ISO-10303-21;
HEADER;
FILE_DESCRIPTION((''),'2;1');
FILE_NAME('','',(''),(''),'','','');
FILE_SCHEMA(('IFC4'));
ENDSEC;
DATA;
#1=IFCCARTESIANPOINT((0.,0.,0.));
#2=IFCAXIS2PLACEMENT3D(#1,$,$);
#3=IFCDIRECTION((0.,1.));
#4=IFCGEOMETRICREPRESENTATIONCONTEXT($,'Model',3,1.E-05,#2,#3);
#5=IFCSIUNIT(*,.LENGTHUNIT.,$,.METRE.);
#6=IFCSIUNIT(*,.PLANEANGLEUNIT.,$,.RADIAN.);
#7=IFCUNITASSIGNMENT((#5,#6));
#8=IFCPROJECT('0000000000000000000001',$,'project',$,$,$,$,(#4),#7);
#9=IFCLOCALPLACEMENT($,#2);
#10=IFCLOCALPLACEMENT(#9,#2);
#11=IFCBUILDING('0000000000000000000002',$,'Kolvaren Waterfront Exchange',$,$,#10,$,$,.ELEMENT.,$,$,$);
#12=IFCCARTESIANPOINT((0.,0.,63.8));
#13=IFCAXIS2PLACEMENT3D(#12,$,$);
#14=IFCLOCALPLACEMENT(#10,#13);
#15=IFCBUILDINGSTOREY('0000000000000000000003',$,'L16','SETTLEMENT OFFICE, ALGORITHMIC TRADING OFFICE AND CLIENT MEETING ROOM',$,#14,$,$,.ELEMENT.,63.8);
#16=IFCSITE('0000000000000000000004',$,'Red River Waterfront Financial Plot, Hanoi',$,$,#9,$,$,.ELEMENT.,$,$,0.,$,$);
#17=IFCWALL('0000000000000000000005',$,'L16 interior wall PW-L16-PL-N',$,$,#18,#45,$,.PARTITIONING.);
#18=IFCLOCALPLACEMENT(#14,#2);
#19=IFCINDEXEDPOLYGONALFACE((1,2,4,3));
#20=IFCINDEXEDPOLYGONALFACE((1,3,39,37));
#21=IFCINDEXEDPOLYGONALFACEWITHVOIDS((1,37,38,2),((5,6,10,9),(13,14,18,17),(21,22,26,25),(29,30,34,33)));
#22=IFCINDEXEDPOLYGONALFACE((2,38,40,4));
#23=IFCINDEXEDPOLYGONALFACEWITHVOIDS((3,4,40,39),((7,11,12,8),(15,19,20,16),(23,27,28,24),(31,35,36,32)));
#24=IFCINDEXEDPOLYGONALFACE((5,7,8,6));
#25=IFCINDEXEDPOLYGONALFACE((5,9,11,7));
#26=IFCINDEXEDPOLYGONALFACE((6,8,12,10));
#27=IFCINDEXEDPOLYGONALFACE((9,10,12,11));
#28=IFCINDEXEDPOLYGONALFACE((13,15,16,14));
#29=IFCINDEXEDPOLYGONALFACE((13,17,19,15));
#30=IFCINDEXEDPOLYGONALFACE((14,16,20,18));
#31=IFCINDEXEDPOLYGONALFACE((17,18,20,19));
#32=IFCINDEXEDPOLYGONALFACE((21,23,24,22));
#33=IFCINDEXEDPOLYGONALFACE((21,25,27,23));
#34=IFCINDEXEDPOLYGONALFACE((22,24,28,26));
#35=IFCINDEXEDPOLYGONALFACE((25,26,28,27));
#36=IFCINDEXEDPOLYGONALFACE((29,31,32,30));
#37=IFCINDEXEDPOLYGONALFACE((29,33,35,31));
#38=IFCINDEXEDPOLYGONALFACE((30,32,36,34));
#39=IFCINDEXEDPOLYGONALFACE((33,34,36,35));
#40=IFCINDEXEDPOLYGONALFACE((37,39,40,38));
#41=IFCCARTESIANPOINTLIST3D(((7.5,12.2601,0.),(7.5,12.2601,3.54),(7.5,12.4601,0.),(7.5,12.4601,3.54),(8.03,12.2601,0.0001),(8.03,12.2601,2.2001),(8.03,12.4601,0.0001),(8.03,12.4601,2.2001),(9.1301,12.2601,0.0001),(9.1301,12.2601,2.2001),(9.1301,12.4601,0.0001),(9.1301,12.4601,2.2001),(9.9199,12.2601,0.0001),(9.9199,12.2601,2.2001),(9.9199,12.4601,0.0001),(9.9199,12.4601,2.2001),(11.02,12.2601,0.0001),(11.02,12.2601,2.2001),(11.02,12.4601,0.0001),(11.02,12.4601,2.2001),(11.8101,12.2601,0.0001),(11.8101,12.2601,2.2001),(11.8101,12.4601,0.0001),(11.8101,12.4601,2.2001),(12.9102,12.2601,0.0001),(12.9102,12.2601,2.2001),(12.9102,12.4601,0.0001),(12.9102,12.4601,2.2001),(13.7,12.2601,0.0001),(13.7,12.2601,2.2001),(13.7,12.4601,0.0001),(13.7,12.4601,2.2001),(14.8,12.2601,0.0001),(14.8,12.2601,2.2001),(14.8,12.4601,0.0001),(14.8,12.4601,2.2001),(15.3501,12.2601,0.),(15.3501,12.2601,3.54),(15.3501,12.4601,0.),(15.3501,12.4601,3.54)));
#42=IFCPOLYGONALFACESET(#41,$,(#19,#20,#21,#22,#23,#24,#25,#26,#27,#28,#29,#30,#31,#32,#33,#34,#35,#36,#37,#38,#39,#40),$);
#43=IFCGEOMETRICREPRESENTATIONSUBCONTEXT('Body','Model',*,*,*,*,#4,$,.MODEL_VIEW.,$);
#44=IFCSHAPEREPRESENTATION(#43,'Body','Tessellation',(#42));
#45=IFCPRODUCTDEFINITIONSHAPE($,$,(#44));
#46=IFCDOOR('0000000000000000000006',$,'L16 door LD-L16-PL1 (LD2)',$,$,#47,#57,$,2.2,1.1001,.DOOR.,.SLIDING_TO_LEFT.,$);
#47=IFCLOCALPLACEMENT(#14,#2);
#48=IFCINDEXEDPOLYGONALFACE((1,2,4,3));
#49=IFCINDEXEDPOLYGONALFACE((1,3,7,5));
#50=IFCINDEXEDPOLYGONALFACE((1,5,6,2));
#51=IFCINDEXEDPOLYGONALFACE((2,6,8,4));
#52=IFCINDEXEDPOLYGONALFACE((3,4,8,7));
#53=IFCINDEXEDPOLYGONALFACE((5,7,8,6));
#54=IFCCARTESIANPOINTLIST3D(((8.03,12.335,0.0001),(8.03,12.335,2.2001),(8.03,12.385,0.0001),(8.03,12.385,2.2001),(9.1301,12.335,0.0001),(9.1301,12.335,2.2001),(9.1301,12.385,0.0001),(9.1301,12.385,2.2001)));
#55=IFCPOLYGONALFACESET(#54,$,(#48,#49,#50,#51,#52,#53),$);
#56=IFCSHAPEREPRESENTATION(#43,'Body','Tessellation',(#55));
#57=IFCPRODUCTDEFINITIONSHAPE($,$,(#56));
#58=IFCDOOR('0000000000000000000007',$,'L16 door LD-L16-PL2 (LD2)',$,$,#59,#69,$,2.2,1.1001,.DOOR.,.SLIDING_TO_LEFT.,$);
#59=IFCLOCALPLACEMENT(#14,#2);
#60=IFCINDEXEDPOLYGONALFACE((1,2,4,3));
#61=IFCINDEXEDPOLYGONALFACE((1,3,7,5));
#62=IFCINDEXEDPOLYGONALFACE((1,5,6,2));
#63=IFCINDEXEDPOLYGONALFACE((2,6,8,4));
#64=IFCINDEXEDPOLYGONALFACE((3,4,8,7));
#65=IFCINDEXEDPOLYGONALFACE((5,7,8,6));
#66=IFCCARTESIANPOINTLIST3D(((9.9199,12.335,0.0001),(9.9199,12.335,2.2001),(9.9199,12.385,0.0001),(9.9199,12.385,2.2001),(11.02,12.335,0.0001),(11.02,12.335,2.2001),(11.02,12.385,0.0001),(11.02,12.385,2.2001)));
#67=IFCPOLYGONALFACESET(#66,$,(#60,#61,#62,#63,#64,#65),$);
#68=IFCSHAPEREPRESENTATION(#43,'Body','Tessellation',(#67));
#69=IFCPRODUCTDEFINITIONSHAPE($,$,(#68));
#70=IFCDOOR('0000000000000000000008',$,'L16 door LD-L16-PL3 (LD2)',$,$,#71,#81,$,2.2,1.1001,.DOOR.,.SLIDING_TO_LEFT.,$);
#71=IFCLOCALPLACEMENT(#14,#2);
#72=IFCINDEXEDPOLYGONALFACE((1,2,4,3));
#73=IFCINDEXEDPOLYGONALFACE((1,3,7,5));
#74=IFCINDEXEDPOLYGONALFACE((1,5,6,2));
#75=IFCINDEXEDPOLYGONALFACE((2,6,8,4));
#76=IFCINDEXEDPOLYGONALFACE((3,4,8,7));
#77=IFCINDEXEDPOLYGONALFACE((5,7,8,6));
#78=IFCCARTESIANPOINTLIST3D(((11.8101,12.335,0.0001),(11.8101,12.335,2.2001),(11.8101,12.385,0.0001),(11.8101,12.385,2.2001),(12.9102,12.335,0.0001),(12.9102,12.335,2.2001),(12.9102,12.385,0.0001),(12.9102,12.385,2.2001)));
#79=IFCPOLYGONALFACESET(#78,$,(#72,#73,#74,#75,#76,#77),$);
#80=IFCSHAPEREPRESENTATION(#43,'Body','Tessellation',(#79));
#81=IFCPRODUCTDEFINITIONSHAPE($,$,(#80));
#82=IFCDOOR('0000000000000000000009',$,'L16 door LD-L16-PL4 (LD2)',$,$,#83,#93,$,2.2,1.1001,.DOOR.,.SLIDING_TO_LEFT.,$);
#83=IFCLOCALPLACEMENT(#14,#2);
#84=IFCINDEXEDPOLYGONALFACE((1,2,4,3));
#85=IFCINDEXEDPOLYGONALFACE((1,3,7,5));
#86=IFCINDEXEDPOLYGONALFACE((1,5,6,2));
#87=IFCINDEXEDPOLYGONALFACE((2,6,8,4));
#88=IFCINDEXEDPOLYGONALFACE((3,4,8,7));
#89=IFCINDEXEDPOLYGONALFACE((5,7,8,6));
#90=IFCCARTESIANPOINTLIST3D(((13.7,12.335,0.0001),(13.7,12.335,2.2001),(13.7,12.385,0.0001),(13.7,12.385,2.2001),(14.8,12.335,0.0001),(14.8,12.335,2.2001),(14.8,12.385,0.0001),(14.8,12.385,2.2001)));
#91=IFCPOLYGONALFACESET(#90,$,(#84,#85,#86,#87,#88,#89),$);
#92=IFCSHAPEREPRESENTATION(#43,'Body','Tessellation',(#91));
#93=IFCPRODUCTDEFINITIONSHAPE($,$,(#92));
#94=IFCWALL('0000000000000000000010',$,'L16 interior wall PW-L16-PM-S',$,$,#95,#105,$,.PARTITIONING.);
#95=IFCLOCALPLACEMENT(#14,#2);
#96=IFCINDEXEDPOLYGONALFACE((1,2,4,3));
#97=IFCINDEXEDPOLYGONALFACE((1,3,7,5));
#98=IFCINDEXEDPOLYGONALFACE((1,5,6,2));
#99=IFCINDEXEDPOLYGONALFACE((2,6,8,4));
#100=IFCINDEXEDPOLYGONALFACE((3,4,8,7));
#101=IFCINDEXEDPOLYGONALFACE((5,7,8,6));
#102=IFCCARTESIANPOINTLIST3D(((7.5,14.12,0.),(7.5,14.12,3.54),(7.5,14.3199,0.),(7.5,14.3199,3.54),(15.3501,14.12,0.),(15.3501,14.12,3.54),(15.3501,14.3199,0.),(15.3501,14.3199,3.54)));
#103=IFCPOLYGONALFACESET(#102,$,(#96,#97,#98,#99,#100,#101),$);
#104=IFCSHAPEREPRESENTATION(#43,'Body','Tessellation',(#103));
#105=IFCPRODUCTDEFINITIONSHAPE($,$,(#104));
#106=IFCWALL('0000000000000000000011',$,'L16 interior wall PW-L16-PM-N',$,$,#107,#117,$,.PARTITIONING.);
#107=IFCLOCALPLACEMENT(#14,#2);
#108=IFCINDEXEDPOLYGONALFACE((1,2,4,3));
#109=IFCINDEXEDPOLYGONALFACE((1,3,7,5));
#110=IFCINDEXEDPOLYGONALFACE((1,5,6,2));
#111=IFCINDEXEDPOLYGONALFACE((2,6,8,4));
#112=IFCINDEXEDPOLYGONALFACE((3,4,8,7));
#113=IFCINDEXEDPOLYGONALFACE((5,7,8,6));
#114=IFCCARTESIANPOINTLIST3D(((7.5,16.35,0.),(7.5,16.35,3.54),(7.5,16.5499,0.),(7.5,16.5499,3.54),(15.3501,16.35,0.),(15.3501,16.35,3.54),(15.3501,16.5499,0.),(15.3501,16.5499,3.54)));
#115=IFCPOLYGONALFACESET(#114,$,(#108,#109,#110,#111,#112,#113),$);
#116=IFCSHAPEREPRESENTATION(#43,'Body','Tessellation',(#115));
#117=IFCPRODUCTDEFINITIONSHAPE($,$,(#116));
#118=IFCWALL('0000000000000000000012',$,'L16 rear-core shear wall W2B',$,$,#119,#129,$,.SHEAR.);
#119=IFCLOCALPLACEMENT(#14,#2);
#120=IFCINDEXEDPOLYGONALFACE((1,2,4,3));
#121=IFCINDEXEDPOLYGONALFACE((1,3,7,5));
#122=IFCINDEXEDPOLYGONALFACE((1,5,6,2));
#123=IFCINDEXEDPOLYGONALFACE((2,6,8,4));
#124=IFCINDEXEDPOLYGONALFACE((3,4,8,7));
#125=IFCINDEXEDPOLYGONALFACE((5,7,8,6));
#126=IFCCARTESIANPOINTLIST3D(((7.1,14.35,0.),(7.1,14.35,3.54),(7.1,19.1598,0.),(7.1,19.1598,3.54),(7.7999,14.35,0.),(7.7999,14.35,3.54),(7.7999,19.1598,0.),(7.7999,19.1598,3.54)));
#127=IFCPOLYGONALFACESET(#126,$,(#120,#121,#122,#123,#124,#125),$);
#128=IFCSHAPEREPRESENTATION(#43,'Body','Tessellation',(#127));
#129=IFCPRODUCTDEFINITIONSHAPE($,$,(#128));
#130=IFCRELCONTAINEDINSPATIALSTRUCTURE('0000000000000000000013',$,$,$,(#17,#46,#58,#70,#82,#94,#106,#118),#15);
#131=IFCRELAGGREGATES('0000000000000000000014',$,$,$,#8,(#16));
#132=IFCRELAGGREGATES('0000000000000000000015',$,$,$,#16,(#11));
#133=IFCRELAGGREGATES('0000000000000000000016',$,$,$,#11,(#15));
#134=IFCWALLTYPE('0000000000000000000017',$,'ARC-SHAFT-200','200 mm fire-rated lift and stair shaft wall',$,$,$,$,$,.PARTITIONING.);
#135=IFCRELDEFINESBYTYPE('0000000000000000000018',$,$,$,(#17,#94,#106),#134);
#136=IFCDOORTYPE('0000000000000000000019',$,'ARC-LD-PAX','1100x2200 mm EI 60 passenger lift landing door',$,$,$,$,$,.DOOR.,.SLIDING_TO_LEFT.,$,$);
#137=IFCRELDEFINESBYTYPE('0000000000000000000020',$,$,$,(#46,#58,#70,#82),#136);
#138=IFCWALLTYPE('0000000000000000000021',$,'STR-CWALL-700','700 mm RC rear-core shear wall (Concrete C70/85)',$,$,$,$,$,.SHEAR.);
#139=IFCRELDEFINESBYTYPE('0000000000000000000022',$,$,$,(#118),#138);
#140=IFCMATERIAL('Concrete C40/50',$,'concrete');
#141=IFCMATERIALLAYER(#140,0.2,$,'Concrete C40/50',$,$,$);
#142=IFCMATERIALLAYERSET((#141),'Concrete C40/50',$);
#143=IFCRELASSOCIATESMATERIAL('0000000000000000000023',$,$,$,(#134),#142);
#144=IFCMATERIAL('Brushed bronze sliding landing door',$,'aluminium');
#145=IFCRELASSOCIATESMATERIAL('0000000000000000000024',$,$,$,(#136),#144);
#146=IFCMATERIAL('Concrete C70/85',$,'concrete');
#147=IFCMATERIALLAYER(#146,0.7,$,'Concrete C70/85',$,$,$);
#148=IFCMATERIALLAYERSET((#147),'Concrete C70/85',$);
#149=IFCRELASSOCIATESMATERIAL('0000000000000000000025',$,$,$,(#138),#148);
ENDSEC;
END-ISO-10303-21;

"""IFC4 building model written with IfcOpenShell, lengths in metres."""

from ifc_helpers import new_model, si_unit, direction, frame, frame_2d, origin, place, context, subcontext, project, spatial, rectangle, extrude, material, layer, layer_set, type_object, element, fill, save


model = new_model("IFC4")

# Units and contexts
model_context = context("Model", 3, precision=1e-05, world=origin(), true_north=direction((0.0, 1.0)))
body_context = subcontext(model_context, "Body", "Model", "MODEL_VIEW")
ifc_project = project(units=[si_unit("LENGTHUNIT", "METRE"), si_unit("PLANEANGLEUNIT", "RADIAN")], contexts=[model_context])

# Site, building, storey
site_placement = place(None, origin())
site = spatial("IfcSite", under=ifc_project, at=site_placement, Name="Red River Waterfront Financial Plot, Hanoi", CompositionType="ELEMENT", RefElevation=0.0)
building_placement = place(site_placement, origin())
building = spatial("IfcBuilding", under=site, at=building_placement, Name="Kolvaren Waterfront Exchange", CompositionType="ELEMENT")
storey_placement = place(building_placement, frame((0.0, 0.0, 63.8)))
storey = spatial("IfcBuildingStorey", under=building, at=storey_placement, Name="L16", Description="SETTLEMENT OFFICE, ALGORITHMIC TRADING OFFICE AND CLIENT MEETING ROOM", CompositionType="ELEMENT", Elevation=63.8)

# Wall, openings, doors
ifc_material_1 = material(Name="Concrete C40/50", Category="concrete")
ifc_layer_1 = layer(ifc_material_1, 0.2, Name="Concrete C40/50")
ifc_layer_set_1 = layer_set([ifc_layer_1], Name="Concrete C40/50")
wall_type_1 = type_object("IfcWallType", Name="ARC-SHAFT-200", Description="200 mm fire-rated lift and stair shaft wall", PredefinedType="PARTITIONING", material=ifc_layer_set_1)
wall_1_placement = place(storey_placement, frame((7.5, 12.3601, 0.0), z_axis=(0.0, 0.0, 1.0), x_axis=(1.0, 0.0, 0.0)))
wall_1 = element("IfcWall", 1, at=wall_1_placement, inside=storey, type_object=wall_type_1, Name="L16 interior wall PW-L16-PL-N", PredefinedType="PARTITIONING", context=body_context, shape_type="SweptSolid", body=[
    extrude(rectangle(XDim=7.8501, YDim=0.2, at=frame_2d((3.925, 0.0))), origin(), (0.0, 0.0, 1.0), 3.54),
])
opening_1_placement = place(wall_1_placement, frame((0.53, 0.0, 0.0)))
opening_1 = element("IfcOpeningElement", 2, at=opening_1_placement, cuts=wall_1, PredefinedType="OPENING", context=body_context, shape_type="SweptSolid", body=[
    extrude(rectangle(XDim=1.1001, YDim=2.2, at=frame_2d((0.55, 1.1001))), frame((0.0, 0.1099, 0.0), z_axis=(0.0, -1.0, 0.0), x_axis=(1.0, 0.0, 0.0)), (0.0, 0.0, 1.0), 0.22),
])
opening_2_placement = place(wall_1_placement, frame((2.4199, 0.0, 0.0)))
opening_2 = element("IfcOpeningElement", 3, at=opening_2_placement, cuts=wall_1, PredefinedType="OPENING", context=body_context, shape_type="SweptSolid", body=[
    extrude(rectangle(XDim=1.1001, YDim=2.2, at=frame_2d((0.55, 1.1001))), frame((0.0, 0.1099, 0.0), z_axis=(0.0, -1.0, 0.0), x_axis=(1.0, 0.0, 0.0)), (0.0, 0.0, 1.0), 0.22),
])
opening_3_placement = place(wall_1_placement, frame((4.3101, 0.0, 0.0)))
opening_3 = element("IfcOpeningElement", 4, at=opening_3_placement, cuts=wall_1, PredefinedType="OPENING", context=body_context, shape_type="SweptSolid", body=[
    extrude(rectangle(XDim=1.1001, YDim=2.2, at=frame_2d((0.55, 1.1001))), frame((0.0, 0.1099, 0.0), z_axis=(0.0, -1.0, 0.0), x_axis=(1.0, 0.0, 0.0)), (0.0, 0.0, 1.0), 0.22),
])
opening_4_placement = place(wall_1_placement, frame((6.2, 0.0, 0.0)))
opening_4 = element("IfcOpeningElement", 5, at=opening_4_placement, cuts=wall_1, PredefinedType="OPENING", context=body_context, shape_type="SweptSolid", body=[
    extrude(rectangle(XDim=1.1001, YDim=2.2, at=frame_2d((0.55, 1.1001))), frame((0.0, 0.1099, 0.0), z_axis=(0.0, -1.0, 0.0), x_axis=(1.0, 0.0, 0.0)), (0.0, 0.0, 1.0), 0.22),
])
ifc_material_2 = material(Name="Brushed bronze sliding landing door", Category="aluminium")
door_type = type_object("IfcDoorType", Name="ARC-LD-PAX", Description="1100x2200 mm EI 60 passenger lift landing door", OperationType="SLIDING_TO_LEFT", PredefinedType="DOOR", material=ifc_material_2)
door_1_placement = place(opening_1_placement, origin())
door_1 = element("IfcDoor", 6, at=door_1_placement, inside=storey, type_object=door_type, Name="L16 door LD-L16-PL1 (LD2)", OperationType="SLIDING_TO_LEFT", OverallHeight=2.2, OverallWidth=1.1001, PredefinedType="DOOR", context=body_context, shape_type="SweptSolid", body=[
    extrude(rectangle(XDim=1.1001, YDim=2.2, at=frame_2d((0.55, 1.1001))), frame((0.0, 0.0249, 0.0), z_axis=(0.0, -1.0, 0.0), x_axis=(1.0, 0.0, 0.0)), (0.0, 0.0, 1.0), 0.05),
])
fill(opening_1, door_1)
door_2_placement = place(opening_2_placement, origin())
door_2 = element("IfcDoor", 7, at=door_2_placement, inside=storey, type_object=door_type, Name="L16 door LD-L16-PL2 (LD2)", OperationType="SLIDING_TO_LEFT", OverallHeight=2.2, OverallWidth=1.1001, PredefinedType="DOOR", context=body_context, shape_type="SweptSolid", body=[
    extrude(rectangle(XDim=1.1001, YDim=2.2, at=frame_2d((0.55, 1.1001))), frame((0.0, 0.0249, 0.0), z_axis=(0.0, -1.0, 0.0), x_axis=(1.0, 0.0, 0.0)), (0.0, 0.0, 1.0), 0.05),
])
fill(opening_2, door_2)
door_3_placement = place(opening_3_placement, origin())
door_3 = element("IfcDoor", 8, at=door_3_placement, inside=storey, type_object=door_type, Name="L16 door LD-L16-PL3 (LD2)", OperationType="SLIDING_TO_LEFT", OverallHeight=2.2, OverallWidth=1.1001, PredefinedType="DOOR", context=body_context, shape_type="SweptSolid", body=[
    extrude(rectangle(XDim=1.1001, YDim=2.2, at=frame_2d((0.55, 1.1001))), frame((0.0, 0.0249, 0.0), z_axis=(0.0, -1.0, 0.0), x_axis=(1.0, 0.0, 0.0)), (0.0, 0.0, 1.0), 0.05),
])
fill(opening_3, door_3)
door_4_placement = place(opening_4_placement, origin())
door_4 = element("IfcDoor", 9, at=door_4_placement, inside=storey, type_object=door_type, Name="L16 door LD-L16-PL4 (LD2)", OperationType="SLIDING_TO_LEFT", OverallHeight=2.2, OverallWidth=1.1001, PredefinedType="DOOR", context=body_context, shape_type="SweptSolid", body=[
    extrude(rectangle(XDim=1.1001, YDim=2.2, at=frame_2d((0.55, 1.1001))), frame((0.0, 0.0249, 0.0), z_axis=(0.0, -1.0, 0.0), x_axis=(1.0, 0.0, 0.0)), (0.0, 0.0, 1.0), 0.05),
])
fill(opening_4, door_4)

# Walls
for number, where, z_axis, x_axis, name in (
    (10, (7.5, 14.22, 0.0), (0.0, 0.0, 1.0), (1.0, 0.0, 0.0), "L16 interior wall PW-L16-PM-S"),
    (11, (7.5, 16.45, 0.0), (0.0, 0.0, 1.0), (1.0, 0.0, 0.0), "L16 interior wall PW-L16-PM-N"),
):
    element("IfcWall", number, at=place(storey_placement, frame(where, z_axis=z_axis, x_axis=x_axis)), inside=storey, type_object=wall_type_1, Name=name, PredefinedType="PARTITIONING", context=body_context, shape_type="SweptSolid", body=[
        extrude(rectangle(XDim=7.8501, YDim=0.2, at=frame_2d((3.925, 0.0))), origin(), (0.0, 0.0, 1.0), 3.54),
    ])
ifc_material_3 = material(Name="Concrete C70/85", Category="concrete")
ifc_layer_2 = layer(ifc_material_3, 0.7, Name="Concrete C70/85")
ifc_layer_set_2 = layer_set([ifc_layer_2], Name="Concrete C70/85")
wall_type_2 = type_object("IfcWallType", Name="STR-CWALL-700", Description="700 mm RC rear-core shear wall (Concrete C70/85)", PredefinedType="SHEAR", material=ifc_layer_set_2)
wall_2_placement = place(storey_placement, frame((7.45, 14.3501, 0.0), z_axis=(0.0, 0.0, 1.0), x_axis=(0.0, 1.0, 0.0)))
element("IfcWall", 12, at=wall_2_placement, inside=storey, type_object=wall_type_2, Name="L16 rear-core shear wall W2B", PredefinedType="SHEAR", context=body_context, shape_type="SweptSolid", body=[
    extrude(rectangle(XDim=4.8098, YDim=0.7, at=frame_2d((2.4048, 0.0))), origin(), (0.0, 0.0, 1.0), 3.54),
])

save(model, "model.ifc")
